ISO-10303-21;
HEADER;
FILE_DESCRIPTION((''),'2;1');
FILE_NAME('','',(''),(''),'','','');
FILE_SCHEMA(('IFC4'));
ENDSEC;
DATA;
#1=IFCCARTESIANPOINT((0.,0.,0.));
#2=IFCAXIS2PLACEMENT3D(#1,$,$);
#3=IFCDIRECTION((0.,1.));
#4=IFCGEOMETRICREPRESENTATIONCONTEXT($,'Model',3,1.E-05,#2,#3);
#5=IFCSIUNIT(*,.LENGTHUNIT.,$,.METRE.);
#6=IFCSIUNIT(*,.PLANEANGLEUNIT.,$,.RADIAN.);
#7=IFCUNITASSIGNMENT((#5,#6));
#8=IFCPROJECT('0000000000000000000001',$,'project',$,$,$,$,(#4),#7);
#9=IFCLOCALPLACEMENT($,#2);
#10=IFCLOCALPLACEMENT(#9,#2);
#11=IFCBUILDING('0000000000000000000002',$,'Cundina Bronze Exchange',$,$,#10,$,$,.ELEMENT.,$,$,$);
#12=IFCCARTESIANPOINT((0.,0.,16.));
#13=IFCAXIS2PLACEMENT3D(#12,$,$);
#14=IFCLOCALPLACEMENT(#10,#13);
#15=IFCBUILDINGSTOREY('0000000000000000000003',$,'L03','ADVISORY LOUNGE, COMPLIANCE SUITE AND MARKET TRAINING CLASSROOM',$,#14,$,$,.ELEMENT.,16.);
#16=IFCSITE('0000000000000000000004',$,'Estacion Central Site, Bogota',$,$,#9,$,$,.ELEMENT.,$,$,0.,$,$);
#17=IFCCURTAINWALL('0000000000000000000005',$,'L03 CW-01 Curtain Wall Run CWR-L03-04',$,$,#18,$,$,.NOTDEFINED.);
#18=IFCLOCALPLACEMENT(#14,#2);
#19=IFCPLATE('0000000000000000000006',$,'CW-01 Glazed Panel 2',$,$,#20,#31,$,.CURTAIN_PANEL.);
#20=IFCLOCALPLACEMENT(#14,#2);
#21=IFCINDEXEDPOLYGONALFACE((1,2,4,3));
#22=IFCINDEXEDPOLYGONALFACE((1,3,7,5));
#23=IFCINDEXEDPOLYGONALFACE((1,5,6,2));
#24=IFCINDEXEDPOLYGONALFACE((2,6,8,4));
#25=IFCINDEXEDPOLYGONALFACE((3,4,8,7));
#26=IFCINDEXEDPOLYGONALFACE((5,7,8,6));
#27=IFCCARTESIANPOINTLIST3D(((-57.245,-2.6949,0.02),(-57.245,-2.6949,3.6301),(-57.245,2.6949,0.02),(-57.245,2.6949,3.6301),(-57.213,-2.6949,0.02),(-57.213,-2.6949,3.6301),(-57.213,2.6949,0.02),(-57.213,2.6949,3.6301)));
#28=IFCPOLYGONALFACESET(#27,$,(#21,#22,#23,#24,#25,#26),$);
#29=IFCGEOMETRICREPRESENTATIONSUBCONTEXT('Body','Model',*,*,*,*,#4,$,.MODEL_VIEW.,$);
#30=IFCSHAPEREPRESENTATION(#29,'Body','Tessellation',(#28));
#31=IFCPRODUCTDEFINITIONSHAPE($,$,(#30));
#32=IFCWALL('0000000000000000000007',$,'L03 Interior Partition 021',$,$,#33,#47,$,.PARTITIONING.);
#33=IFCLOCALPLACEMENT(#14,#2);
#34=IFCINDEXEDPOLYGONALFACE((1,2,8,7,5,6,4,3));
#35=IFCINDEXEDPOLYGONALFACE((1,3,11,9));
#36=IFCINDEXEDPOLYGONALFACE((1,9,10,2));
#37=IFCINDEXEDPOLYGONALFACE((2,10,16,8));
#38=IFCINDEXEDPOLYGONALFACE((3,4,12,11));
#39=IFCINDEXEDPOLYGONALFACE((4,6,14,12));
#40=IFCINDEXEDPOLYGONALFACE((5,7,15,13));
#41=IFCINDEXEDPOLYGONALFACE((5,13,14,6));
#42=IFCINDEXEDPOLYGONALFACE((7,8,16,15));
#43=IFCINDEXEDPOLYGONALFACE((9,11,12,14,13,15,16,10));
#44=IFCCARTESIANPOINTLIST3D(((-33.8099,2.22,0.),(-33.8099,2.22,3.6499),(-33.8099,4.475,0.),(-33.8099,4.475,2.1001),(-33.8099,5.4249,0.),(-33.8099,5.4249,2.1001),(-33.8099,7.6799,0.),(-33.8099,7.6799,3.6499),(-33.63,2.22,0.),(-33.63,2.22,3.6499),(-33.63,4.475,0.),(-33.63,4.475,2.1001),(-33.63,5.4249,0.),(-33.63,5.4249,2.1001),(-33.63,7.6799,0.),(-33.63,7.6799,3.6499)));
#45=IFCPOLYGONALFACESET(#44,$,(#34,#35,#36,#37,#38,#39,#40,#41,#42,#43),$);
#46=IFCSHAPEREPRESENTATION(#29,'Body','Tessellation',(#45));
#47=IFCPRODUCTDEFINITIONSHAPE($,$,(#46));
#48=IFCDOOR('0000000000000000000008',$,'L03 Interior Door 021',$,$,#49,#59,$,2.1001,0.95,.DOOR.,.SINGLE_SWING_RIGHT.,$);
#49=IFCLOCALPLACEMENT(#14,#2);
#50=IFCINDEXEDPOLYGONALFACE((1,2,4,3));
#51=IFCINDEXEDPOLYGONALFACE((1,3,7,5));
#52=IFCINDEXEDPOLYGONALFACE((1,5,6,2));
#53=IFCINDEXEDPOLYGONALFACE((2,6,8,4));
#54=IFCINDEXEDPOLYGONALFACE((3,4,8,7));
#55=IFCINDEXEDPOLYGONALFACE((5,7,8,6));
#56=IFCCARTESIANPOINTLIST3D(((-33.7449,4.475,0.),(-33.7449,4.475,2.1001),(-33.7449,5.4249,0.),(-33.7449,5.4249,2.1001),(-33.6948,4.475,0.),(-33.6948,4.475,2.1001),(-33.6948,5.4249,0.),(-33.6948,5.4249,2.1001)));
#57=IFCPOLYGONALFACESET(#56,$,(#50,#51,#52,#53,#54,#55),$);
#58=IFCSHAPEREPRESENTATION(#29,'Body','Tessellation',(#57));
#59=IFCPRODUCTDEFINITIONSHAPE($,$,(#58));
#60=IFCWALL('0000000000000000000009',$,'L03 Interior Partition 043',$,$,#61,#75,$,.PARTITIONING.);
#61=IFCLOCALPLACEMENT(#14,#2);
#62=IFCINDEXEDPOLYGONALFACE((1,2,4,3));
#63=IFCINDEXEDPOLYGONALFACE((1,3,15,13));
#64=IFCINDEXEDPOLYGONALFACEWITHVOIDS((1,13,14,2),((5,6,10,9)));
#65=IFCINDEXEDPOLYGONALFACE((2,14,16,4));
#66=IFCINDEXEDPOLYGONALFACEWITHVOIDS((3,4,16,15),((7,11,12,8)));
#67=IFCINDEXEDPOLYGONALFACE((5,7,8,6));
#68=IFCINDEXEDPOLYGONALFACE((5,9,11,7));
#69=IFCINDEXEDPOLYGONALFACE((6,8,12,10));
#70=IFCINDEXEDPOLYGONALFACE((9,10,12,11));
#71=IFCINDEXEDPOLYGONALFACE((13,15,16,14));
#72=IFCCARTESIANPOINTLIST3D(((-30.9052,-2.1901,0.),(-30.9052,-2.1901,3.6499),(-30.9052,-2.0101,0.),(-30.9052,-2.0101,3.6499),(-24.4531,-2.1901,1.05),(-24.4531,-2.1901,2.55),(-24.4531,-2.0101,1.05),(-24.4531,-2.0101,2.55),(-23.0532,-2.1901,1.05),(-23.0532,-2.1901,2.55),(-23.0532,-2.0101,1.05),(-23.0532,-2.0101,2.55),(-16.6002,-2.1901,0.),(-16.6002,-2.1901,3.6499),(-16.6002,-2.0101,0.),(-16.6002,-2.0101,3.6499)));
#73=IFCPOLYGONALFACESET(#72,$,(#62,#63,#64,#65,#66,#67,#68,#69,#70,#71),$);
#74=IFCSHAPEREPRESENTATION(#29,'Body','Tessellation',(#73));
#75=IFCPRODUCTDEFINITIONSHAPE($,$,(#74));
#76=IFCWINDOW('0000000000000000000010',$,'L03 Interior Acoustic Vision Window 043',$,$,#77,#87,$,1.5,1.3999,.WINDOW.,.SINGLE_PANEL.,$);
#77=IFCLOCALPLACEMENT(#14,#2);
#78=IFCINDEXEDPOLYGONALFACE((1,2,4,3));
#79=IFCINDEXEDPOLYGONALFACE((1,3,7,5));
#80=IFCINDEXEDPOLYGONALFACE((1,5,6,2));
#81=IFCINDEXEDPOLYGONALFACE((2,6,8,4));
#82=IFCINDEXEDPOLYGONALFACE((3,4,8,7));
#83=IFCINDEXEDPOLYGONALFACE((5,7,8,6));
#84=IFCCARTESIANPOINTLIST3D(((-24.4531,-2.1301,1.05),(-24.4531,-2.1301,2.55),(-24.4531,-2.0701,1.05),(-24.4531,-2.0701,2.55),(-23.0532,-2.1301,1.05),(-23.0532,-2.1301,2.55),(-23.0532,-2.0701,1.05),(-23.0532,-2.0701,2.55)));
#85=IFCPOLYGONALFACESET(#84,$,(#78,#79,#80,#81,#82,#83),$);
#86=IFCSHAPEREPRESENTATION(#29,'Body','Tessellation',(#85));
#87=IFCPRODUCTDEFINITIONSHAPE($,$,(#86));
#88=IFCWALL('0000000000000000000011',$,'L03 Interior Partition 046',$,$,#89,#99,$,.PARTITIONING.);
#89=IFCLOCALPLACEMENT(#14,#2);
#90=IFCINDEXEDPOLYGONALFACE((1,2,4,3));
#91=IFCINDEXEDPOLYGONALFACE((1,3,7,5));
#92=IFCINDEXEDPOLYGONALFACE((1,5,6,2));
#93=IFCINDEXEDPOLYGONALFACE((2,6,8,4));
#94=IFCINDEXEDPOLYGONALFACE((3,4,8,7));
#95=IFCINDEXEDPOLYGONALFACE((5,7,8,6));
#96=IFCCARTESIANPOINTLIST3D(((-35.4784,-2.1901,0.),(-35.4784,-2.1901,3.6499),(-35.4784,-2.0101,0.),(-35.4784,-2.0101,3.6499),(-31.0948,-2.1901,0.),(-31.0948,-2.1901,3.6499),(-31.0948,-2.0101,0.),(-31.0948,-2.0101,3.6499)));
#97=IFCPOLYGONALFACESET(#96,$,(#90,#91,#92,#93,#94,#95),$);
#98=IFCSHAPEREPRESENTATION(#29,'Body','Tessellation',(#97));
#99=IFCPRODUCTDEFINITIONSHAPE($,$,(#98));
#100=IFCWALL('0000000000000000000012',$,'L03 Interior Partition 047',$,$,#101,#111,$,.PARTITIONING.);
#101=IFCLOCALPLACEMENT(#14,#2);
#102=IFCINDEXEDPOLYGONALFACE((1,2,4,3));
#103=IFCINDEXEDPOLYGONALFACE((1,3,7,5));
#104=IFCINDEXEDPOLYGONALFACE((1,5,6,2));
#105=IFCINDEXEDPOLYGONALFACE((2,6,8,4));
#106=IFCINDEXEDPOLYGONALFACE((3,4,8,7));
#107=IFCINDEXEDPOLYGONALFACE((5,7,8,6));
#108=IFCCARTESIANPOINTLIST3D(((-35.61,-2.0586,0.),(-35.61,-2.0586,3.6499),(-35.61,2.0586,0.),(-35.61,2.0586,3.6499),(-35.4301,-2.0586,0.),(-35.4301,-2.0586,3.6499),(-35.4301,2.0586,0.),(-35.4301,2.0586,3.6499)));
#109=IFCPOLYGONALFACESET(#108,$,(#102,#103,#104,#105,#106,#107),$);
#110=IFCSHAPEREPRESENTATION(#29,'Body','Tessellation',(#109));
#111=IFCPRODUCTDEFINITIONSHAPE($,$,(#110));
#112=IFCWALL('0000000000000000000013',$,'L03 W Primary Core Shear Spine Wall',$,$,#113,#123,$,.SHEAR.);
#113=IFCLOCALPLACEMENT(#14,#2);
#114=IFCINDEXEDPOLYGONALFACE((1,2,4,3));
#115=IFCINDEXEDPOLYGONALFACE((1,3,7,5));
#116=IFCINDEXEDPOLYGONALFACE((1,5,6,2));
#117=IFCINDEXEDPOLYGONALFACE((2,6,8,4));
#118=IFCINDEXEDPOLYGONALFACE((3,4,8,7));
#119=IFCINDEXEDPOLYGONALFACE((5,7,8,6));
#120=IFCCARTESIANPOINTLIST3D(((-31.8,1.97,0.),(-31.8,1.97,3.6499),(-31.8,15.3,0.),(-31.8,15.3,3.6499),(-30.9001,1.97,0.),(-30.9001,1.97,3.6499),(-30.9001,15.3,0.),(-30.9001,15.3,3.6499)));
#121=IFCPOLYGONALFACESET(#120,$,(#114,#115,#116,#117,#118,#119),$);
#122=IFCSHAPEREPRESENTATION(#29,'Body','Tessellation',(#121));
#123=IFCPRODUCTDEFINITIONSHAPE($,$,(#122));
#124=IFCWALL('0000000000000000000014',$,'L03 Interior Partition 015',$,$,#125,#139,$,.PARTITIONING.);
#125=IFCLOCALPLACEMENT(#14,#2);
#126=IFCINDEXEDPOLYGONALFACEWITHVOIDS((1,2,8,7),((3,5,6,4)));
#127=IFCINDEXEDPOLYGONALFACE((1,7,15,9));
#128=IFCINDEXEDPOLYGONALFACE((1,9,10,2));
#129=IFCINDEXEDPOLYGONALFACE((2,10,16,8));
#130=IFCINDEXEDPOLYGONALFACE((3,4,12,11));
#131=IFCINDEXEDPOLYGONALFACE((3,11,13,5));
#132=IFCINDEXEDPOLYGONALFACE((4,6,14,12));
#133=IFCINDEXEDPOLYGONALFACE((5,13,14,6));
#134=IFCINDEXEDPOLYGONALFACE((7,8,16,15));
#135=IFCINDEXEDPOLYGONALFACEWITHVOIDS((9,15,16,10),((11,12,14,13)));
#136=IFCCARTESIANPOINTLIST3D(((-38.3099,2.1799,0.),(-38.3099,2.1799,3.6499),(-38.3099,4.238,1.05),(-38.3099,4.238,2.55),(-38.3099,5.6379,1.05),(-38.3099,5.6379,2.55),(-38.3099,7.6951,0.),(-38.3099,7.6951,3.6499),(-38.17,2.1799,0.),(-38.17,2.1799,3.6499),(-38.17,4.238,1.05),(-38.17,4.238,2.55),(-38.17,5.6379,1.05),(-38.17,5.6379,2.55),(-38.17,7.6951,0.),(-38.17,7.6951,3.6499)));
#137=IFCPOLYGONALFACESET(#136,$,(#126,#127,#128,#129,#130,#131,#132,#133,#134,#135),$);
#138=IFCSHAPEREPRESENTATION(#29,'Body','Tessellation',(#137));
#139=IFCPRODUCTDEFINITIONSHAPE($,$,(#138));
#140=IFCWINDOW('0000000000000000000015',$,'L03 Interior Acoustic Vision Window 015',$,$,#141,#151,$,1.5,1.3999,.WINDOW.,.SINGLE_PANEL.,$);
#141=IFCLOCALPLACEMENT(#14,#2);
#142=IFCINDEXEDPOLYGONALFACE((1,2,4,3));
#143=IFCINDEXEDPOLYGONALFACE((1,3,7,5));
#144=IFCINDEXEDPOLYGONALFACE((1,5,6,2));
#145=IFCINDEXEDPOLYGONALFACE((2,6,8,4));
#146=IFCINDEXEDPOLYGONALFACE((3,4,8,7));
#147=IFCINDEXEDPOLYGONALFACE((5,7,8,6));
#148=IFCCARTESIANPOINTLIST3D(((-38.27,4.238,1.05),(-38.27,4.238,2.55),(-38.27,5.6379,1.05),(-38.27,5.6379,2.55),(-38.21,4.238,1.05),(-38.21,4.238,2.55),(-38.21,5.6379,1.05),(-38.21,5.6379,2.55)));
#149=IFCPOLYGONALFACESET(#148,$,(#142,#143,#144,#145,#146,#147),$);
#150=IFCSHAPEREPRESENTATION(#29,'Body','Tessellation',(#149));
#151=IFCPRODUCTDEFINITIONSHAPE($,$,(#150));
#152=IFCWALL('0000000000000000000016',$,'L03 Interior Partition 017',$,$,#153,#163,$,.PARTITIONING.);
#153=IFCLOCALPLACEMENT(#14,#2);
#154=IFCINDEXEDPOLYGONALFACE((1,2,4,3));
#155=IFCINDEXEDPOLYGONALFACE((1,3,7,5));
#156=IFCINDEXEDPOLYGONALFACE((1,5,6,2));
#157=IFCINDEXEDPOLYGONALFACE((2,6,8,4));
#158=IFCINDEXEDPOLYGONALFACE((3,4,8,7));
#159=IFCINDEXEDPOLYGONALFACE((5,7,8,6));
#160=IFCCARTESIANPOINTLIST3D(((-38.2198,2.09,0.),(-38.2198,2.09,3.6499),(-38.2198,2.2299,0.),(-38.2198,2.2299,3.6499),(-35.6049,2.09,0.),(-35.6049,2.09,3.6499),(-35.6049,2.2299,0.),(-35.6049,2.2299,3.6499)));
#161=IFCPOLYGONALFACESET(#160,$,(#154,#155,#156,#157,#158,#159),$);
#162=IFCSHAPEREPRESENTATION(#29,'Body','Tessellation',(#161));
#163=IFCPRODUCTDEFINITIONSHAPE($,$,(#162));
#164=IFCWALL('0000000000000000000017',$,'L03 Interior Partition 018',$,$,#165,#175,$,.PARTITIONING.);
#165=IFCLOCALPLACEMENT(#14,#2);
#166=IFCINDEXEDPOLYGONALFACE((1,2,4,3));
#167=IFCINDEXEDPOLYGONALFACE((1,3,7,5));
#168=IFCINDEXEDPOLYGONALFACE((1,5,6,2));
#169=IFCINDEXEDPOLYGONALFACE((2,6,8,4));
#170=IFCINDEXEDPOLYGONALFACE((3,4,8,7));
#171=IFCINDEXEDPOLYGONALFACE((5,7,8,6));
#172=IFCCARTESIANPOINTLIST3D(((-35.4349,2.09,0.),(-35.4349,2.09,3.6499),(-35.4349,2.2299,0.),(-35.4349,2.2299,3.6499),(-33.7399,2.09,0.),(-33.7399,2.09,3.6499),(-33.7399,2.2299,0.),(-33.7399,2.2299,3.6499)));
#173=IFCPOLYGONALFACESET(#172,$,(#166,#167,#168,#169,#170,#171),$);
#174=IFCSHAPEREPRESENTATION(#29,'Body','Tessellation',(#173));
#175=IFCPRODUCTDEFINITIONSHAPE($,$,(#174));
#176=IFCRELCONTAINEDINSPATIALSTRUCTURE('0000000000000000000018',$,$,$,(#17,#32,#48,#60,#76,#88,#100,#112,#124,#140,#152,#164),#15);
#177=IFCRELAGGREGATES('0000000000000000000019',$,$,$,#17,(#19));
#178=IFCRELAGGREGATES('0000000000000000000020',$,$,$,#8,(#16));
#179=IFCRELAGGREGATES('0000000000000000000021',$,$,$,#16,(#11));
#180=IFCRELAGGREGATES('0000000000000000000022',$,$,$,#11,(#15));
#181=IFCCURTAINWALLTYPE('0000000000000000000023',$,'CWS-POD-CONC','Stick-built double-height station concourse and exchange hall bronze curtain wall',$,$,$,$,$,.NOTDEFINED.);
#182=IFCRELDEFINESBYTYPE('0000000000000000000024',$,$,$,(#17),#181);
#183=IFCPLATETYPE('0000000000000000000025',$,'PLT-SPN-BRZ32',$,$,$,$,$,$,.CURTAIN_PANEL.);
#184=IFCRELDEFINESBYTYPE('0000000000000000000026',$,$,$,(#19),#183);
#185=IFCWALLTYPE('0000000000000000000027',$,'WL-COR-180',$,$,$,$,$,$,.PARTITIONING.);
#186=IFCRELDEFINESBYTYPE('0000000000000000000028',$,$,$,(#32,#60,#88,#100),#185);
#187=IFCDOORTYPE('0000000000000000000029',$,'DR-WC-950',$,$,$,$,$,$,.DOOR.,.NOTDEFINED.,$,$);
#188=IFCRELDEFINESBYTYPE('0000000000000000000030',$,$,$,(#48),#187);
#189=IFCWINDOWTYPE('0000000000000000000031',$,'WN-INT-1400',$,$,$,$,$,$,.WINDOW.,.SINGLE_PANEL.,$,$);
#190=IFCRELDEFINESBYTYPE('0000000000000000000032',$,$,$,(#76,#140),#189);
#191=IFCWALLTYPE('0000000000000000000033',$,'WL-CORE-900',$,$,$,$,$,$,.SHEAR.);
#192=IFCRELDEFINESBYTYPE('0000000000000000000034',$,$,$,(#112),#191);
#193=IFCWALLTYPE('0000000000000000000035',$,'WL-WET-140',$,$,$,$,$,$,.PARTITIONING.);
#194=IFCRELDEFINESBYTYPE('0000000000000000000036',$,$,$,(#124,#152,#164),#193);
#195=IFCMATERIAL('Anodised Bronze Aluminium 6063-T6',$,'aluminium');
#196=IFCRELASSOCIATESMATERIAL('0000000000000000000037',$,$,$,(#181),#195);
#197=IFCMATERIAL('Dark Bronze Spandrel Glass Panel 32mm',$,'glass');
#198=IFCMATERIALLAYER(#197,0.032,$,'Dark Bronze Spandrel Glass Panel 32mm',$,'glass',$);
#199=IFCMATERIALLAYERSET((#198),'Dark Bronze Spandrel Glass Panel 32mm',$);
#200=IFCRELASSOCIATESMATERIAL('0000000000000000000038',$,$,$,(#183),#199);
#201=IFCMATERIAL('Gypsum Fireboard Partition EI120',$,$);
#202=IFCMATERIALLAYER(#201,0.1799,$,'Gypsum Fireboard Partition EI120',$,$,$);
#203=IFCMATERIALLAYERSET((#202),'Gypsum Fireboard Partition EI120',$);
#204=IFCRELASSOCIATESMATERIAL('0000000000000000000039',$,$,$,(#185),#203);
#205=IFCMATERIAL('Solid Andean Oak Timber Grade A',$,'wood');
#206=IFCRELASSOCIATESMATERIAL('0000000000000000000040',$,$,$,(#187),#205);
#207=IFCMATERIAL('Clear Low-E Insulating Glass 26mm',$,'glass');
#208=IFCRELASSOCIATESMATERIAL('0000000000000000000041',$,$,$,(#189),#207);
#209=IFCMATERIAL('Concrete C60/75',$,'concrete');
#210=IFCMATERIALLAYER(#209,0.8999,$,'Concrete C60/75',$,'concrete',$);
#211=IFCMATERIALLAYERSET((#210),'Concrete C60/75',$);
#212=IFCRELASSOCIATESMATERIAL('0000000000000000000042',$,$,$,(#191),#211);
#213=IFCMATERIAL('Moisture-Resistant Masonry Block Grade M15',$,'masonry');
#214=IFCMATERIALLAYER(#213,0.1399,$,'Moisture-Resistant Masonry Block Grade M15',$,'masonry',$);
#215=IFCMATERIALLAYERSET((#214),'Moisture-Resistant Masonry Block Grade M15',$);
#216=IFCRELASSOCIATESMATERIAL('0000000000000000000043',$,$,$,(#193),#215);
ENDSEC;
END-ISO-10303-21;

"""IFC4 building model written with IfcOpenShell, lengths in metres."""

from ifc_helpers import new_model, si_unit, direction, frame, frame_2d, origin, origin_2d, place, context, subcontext, project, spatial, rectangle, extrude, material, layer, layer_set, type_object, element, fill, aggregate, save


model = new_model("IFC4")

# Units and contexts
model_context = context("Model", 3, precision=1e-05, world=origin(), true_north=direction((0.0, 1.0)))
body_context = subcontext(model_context, "Body", "Model", "MODEL_VIEW")
ifc_project = project(units=[si_unit("LENGTHUNIT", "METRE"), si_unit("PLANEANGLEUNIT", "RADIAN")], contexts=[model_context])

# Site, building, storey
site_placement = place(None, origin())
site = spatial("IfcSite", under=ifc_project, at=site_placement, Name="Estacion Central Site, Bogota", CompositionType="ELEMENT", RefElevation=0.0)
building_placement = place(site_placement, origin())
building = spatial("IfcBuilding", under=site, at=building_placement, Name="Cundina Bronze Exchange", CompositionType="ELEMENT")
storey_placement = place(building_placement, frame((0.0, 0.0, 16.0)))
storey = spatial("IfcBuildingStorey", under=building, at=storey_placement, Name="L03", Description="ADVISORY LOUNGE, COMPLIANCE SUITE AND MARKET TRAINING CLASSROOM", CompositionType="ELEMENT", Elevation=16.0)

# Shared definitions
ifc_material_1 = material(Name="Concrete C60/75", Category="concrete")

# Curtain wall, plate
ifc_material_2 = material(Name="Anodised Bronze Aluminium 6063-T6", Category="aluminium")
curtain_wall_type = type_object("IfcCurtainWallType", Name="CWS-POD-CONC", Description="Stick-built double-height station concourse and exchange hall bronze curtain wall", PredefinedType="NOTDEFINED", material=ifc_material_2)
curtain_wall_placement = place(storey_placement, origin())
curtain_wall = element("IfcCurtainWall", 1, at=curtain_wall_placement, inside=storey, type_object=curtain_wall_type, Name="L03 CW-01 Curtain Wall Run CWR-L03-04", PredefinedType="NOTDEFINED")
ifc_material_3 = material(Name="Dark Bronze Spandrel Glass Panel 32mm", Category="glass")
ifc_layer_1 = layer(ifc_material_3, 0.032, Name="Dark Bronze Spandrel Glass Panel 32mm", Category="glass")
ifc_layer_set_1 = layer_set([ifc_layer_1], Name="Dark Bronze Spandrel Glass Panel 32mm")
plate_type_1 = type_object("IfcPlateType", Name="PLT-SPN-BRZ32", PredefinedType="CURTAIN_PANEL", material=ifc_layer_set_1)
plate_1_placement = place(storey_placement, frame((-57.229, 0.0, 0.02), z_axis=(0.0, 0.0, 1.0), x_axis=(0.0, -1.0, 0.0)))
plate_1 = element("IfcPlate", 2, at=plate_1_placement, type_object=plate_type_1, Name="CW-01 Glazed Panel 2", PredefinedType="CURTAIN_PANEL", context=body_context, shape_type="SweptSolid", body=[
    extrude(rectangle(XDim=5.3899, YDim=0.032, at=origin_2d()), origin(), (0.0, 0.0, 1.0), 3.6101),
])
aggregate(curtain_wall, [plate_1])

# Wall, opening, door
ifc_material_4 = material(Name="Gypsum Fireboard Partition EI120")
ifc_layer_2 = layer(ifc_material_4, 0.1799, Name="Gypsum Fireboard Partition EI120")
ifc_layer_set_2 = layer_set([ifc_layer_2], Name="Gypsum Fireboard Partition EI120")
wall_type_1 = type_object("IfcWallType", Name="WL-COR-180", PredefinedType="PARTITIONING", material=ifc_layer_set_2)
wall_1_placement = place(storey_placement, frame((-33.72, 2.22, 0.0), z_axis=(0.0, 0.0, 1.0), x_axis=(0.0, 1.0, 0.0)))
wall_1 = element("IfcWall", 3, at=wall_1_placement, inside=storey, type_object=wall_type_1, Name="L03 Interior Partition 021", PredefinedType="PARTITIONING", context=body_context, shape_type="SweptSolid", body=[
    extrude(rectangle(XDim=5.46, YDim=0.1799, at=frame_2d((2.73, 0.0))), origin(), (0.0, 0.0, 1.0), 3.6499),
])
opening_1_placement = place(wall_1_placement, frame((2.2549, 0.0, 0.0)))
opening_1 = element("IfcOpeningElement", 4, at=opening_1_placement, cuts=wall_1, PredefinedType="OPENING", context=body_context, shape_type="SweptSolid", body=[
    extrude(rectangle(XDim=0.95, YDim=2.1001, at=frame_2d((0.4751, 1.05))), frame((0.0, 0.0999, 0.0), z_axis=(0.0, -1.0, 0.0), x_axis=(1.0, 0.0, 0.0)), (0.0, 0.0, 1.0), 0.2),
])
ifc_material_5 = material(Name="Solid Andean Oak Timber Grade A", Category="wood")
door_type_1 = type_object("IfcDoorType", Name="DR-WC-950", OperationType="NOTDEFINED", PredefinedType="DOOR", material=ifc_material_5)
door_1_placement = place(opening_1_placement, origin())
door_1 = element("IfcDoor", 5, at=door_1_placement, inside=storey, type_object=door_type_1, Name="L03 Interior Door 021", OperationType="SINGLE_SWING_RIGHT", OverallHeight=2.1001, OverallWidth=0.95, PredefinedType="DOOR", context=body_context, shape_type="SweptSolid", body=[
    extrude(rectangle(XDim=0.95, YDim=2.1001, at=frame_2d((0.4751, 1.05))), frame((0.0, 0.0249, 0.0), z_axis=(0.0, -1.0, 0.0), x_axis=(1.0, 0.0, 0.0)), (0.0, 0.0, 1.0), 0.05),
])
fill(opening_1, door_1)

# Wall, opening, window
wall_2_placement = place(storey_placement, frame((-30.905, -2.1001, 0.0), z_axis=(0.0, 0.0, 1.0), x_axis=(1.0, 0.0, 0.0)))
wall_2 = element("IfcWall", 6, at=wall_2_placement, inside=storey, type_object=wall_type_1, Name="L03 Interior Partition 043", PredefinedType="PARTITIONING", context=body_context, shape_type="SweptSolid", body=[
    extrude(rectangle(XDim=14.3049, YDim=0.1799, at=frame_2d((7.1523, 0.0))), origin(), (0.0, 0.0, 1.0), 3.6499),
])
opening_2_placement = place(wall_2_placement, frame((6.4519, 0.0, 1.05)))
opening_2 = element("IfcOpeningElement", 7, at=opening_2_placement, cuts=wall_2, PredefinedType="OPENING", context=body_context, shape_type="SweptSolid", body=[
    extrude(rectangle(XDim=1.3999, YDim=1.5, at=frame_2d((0.7, 0.75))), frame((0.0, 0.0999, 0.0), z_axis=(0.0, -1.0, 0.0), x_axis=(1.0, 0.0, 0.0)), (0.0, 0.0, 1.0), 0.2),
])
ifc_material_6 = material(Name="Clear Low-E Insulating Glass 26mm", Category="glass")
window_type = type_object("IfcWindowType", Name="WN-INT-1400", PartitioningType="SINGLE_PANEL", PredefinedType="WINDOW", material=ifc_material_6)
window_1_placement = place(opening_2_placement, origin())
window_1 = element("IfcWindow", 8, at=window_1_placement, inside=storey, type_object=window_type, Name="L03 Interior Acoustic Vision Window 043", OverallHeight=1.5, OverallWidth=1.3999, PartitioningType="SINGLE_PANEL", PredefinedType="WINDOW", context=body_context, shape_type="SweptSolid", body=[
    extrude(rectangle(XDim=1.3999, YDim=1.5, at=frame_2d((0.7, 0.75))), frame((0.0, 0.03, 0.0), z_axis=(0.0, -1.0, 0.0), x_axis=(1.0, 0.0, 0.0)), (0.0, 0.0, 1.0), 0.0601),
])
fill(opening_2, window_1)

# Walls
wall_3_placement = place(storey_placement, frame((-35.4785, -2.1001, 0.0), z_axis=(0.0, 0.0, 1.0), x_axis=(1.0, 0.0, 0.0)))
element("IfcWall", 9, at=wall_3_placement, inside=storey, type_object=wall_type_1, Name="L03 Interior Partition 046", PredefinedType="PARTITIONING", context=body_context, shape_type="SweptSolid", body=[
    extrude(rectangle(XDim=4.3835, YDim=0.1799, at=frame_2d((2.1919, 0.0))), origin(), (0.0, 0.0, 1.0), 3.6499),
])
wall_4_placement = place(storey_placement, frame((-35.52, 2.0586, 0.0), z_axis=(0.0, 0.0, 1.0), x_axis=(0.0, -1.0, 0.0)))
element("IfcWall", 10, at=wall_4_placement, inside=storey, type_object=wall_type_1, Name="L03 Interior Partition 047", PredefinedType="PARTITIONING", context=body_context, shape_type="SweptSolid", body=[
    extrude(rectangle(XDim=4.1172, YDim=0.1799, at=frame_2d((2.0586, 0.0))), origin(), (0.0, 0.0, 1.0), 3.6499),
])
ifc_layer_3 = layer(ifc_material_1, 0.8999, Name="Concrete C60/75", Category="concrete")
ifc_layer_set_3 = layer_set([ifc_layer_3], Name="Concrete C60/75")
wall_type_2 = type_object("IfcWallType", Name="WL-CORE-900", PredefinedType="SHEAR", material=ifc_layer_set_3)
wall_5_placement = place(storey_placement, frame((-31.3501, 1.97, 0.0), z_axis=(0.0, 0.0, 1.0), x_axis=(0.0, 1.0, 0.0)))
element("IfcWall", 11, at=wall_5_placement, inside=storey, type_object=wall_type_2, Name="L03 W Primary Core Shear Spine Wall", PredefinedType="SHEAR", context=body_context, shape_type="SweptSolid", body=[
    extrude(rectangle(XDim=13.3301, YDim=0.8999, at=frame_2d((6.665, 0.0))), origin(), (0.0, 0.0, 1.0), 3.6499),
])

# Wall, opening, window
ifc_material_7 = material(Name="Moisture-Resistant Masonry Block Grade M15", Category="masonry")
ifc_layer_4 = layer(ifc_material_7, 0.1399, Name="Moisture-Resistant Masonry Block Grade M15", Category="masonry")
ifc_layer_set_4 = layer_set([ifc_layer_4], Name="Moisture-Resistant Masonry Block Grade M15")
wall_type_3 = type_object("IfcWallType", Name="WL-WET-140", PredefinedType="PARTITIONING", material=ifc_layer_set_4)
wall_6_placement = place(storey_placement, frame((-38.24, 2.1799, 0.0), z_axis=(0.0, 0.0, 1.0), x_axis=(0.0, 1.0, 0.0)))
wall_6 = element("IfcWall", 12, at=wall_6_placement, inside=storey, type_object=wall_type_3, Name="L03 Interior Partition 015", PredefinedType="PARTITIONING", context=body_context, shape_type="SweptSolid", body=[
    extrude(rectangle(XDim=5.5151, YDim=0.1399, at=frame_2d((2.7576, 0.0))), origin(), (0.0, 0.0, 1.0), 3.6499),
])
opening_3_placement = place(wall_6_placement, frame((2.0581, 0.0, 1.05)))
opening_3 = element("IfcOpeningElement", 13, at=opening_3_placement, cuts=wall_6, PredefinedType="OPENING", context=body_context, shape_type="SweptSolid", body=[
    extrude(rectangle(XDim=1.3999, YDim=1.5, at=frame_2d((0.7, 0.75))), frame((0.0, 0.0798, 0.0), z_axis=(0.0, -1.0, 0.0), x_axis=(1.0, 0.0, 0.0)), (0.0, 0.0, 1.0), 0.1599),
])
window_2_placement = place(opening_3_placement, origin())
window_2 = element("IfcWindow", 14, at=window_2_placement, inside=storey, type_object=window_type, Name="L03 Interior Acoustic Vision Window 015", OverallHeight=1.5, OverallWidth=1.3999, PartitioningType="SINGLE_PANEL", PredefinedType="WINDOW", context=body_context, shape_type="SweptSolid", body=[
    extrude(rectangle(XDim=1.3999, YDim=1.5, at=frame_2d((0.7, 0.75))), frame((0.0, 0.03, 0.0), z_axis=(0.0, -1.0, 0.0), x_axis=(1.0, 0.0, 0.0)), (0.0, 0.0, 1.0), 0.0601),
])
fill(opening_3, window_2)

# Walls
wall_7_placement = place(storey_placement, frame((-38.22, 2.1599, 0.0), z_axis=(0.0, 0.0, 1.0), x_axis=(1.0, 0.0, 0.0)))
element("IfcWall", 15, at=wall_7_placement, inside=storey, type_object=wall_type_3, Name="L03 Interior Partition 017", PredefinedType="PARTITIONING", context=body_context, shape_type="SweptSolid", body=[
    extrude(rectangle(XDim=2.615, YDim=0.1399, at=frame_2d((1.3076, 0.0))), origin(), (0.0, 0.0, 1.0), 3.6499),
])
wall_8_placement = place(storey_placement, frame((-35.4351, 2.1599, 0.0), z_axis=(0.0, 0.0, 1.0), x_axis=(1.0, 0.0, 0.0)))
element("IfcWall", 16, at=wall_8_placement, inside=storey, type_object=wall_type_3, Name="L03 Interior Partition 018", PredefinedType="PARTITIONING", context=body_context, shape_type="SweptSolid", body=[
    extrude(rectangle(XDim=1.6951, YDim=0.1399, at=frame_2d((0.8477, 0.0))), origin(), (0.0, 0.0, 1.0), 3.6499),
])

save(model, "model.ifc")
